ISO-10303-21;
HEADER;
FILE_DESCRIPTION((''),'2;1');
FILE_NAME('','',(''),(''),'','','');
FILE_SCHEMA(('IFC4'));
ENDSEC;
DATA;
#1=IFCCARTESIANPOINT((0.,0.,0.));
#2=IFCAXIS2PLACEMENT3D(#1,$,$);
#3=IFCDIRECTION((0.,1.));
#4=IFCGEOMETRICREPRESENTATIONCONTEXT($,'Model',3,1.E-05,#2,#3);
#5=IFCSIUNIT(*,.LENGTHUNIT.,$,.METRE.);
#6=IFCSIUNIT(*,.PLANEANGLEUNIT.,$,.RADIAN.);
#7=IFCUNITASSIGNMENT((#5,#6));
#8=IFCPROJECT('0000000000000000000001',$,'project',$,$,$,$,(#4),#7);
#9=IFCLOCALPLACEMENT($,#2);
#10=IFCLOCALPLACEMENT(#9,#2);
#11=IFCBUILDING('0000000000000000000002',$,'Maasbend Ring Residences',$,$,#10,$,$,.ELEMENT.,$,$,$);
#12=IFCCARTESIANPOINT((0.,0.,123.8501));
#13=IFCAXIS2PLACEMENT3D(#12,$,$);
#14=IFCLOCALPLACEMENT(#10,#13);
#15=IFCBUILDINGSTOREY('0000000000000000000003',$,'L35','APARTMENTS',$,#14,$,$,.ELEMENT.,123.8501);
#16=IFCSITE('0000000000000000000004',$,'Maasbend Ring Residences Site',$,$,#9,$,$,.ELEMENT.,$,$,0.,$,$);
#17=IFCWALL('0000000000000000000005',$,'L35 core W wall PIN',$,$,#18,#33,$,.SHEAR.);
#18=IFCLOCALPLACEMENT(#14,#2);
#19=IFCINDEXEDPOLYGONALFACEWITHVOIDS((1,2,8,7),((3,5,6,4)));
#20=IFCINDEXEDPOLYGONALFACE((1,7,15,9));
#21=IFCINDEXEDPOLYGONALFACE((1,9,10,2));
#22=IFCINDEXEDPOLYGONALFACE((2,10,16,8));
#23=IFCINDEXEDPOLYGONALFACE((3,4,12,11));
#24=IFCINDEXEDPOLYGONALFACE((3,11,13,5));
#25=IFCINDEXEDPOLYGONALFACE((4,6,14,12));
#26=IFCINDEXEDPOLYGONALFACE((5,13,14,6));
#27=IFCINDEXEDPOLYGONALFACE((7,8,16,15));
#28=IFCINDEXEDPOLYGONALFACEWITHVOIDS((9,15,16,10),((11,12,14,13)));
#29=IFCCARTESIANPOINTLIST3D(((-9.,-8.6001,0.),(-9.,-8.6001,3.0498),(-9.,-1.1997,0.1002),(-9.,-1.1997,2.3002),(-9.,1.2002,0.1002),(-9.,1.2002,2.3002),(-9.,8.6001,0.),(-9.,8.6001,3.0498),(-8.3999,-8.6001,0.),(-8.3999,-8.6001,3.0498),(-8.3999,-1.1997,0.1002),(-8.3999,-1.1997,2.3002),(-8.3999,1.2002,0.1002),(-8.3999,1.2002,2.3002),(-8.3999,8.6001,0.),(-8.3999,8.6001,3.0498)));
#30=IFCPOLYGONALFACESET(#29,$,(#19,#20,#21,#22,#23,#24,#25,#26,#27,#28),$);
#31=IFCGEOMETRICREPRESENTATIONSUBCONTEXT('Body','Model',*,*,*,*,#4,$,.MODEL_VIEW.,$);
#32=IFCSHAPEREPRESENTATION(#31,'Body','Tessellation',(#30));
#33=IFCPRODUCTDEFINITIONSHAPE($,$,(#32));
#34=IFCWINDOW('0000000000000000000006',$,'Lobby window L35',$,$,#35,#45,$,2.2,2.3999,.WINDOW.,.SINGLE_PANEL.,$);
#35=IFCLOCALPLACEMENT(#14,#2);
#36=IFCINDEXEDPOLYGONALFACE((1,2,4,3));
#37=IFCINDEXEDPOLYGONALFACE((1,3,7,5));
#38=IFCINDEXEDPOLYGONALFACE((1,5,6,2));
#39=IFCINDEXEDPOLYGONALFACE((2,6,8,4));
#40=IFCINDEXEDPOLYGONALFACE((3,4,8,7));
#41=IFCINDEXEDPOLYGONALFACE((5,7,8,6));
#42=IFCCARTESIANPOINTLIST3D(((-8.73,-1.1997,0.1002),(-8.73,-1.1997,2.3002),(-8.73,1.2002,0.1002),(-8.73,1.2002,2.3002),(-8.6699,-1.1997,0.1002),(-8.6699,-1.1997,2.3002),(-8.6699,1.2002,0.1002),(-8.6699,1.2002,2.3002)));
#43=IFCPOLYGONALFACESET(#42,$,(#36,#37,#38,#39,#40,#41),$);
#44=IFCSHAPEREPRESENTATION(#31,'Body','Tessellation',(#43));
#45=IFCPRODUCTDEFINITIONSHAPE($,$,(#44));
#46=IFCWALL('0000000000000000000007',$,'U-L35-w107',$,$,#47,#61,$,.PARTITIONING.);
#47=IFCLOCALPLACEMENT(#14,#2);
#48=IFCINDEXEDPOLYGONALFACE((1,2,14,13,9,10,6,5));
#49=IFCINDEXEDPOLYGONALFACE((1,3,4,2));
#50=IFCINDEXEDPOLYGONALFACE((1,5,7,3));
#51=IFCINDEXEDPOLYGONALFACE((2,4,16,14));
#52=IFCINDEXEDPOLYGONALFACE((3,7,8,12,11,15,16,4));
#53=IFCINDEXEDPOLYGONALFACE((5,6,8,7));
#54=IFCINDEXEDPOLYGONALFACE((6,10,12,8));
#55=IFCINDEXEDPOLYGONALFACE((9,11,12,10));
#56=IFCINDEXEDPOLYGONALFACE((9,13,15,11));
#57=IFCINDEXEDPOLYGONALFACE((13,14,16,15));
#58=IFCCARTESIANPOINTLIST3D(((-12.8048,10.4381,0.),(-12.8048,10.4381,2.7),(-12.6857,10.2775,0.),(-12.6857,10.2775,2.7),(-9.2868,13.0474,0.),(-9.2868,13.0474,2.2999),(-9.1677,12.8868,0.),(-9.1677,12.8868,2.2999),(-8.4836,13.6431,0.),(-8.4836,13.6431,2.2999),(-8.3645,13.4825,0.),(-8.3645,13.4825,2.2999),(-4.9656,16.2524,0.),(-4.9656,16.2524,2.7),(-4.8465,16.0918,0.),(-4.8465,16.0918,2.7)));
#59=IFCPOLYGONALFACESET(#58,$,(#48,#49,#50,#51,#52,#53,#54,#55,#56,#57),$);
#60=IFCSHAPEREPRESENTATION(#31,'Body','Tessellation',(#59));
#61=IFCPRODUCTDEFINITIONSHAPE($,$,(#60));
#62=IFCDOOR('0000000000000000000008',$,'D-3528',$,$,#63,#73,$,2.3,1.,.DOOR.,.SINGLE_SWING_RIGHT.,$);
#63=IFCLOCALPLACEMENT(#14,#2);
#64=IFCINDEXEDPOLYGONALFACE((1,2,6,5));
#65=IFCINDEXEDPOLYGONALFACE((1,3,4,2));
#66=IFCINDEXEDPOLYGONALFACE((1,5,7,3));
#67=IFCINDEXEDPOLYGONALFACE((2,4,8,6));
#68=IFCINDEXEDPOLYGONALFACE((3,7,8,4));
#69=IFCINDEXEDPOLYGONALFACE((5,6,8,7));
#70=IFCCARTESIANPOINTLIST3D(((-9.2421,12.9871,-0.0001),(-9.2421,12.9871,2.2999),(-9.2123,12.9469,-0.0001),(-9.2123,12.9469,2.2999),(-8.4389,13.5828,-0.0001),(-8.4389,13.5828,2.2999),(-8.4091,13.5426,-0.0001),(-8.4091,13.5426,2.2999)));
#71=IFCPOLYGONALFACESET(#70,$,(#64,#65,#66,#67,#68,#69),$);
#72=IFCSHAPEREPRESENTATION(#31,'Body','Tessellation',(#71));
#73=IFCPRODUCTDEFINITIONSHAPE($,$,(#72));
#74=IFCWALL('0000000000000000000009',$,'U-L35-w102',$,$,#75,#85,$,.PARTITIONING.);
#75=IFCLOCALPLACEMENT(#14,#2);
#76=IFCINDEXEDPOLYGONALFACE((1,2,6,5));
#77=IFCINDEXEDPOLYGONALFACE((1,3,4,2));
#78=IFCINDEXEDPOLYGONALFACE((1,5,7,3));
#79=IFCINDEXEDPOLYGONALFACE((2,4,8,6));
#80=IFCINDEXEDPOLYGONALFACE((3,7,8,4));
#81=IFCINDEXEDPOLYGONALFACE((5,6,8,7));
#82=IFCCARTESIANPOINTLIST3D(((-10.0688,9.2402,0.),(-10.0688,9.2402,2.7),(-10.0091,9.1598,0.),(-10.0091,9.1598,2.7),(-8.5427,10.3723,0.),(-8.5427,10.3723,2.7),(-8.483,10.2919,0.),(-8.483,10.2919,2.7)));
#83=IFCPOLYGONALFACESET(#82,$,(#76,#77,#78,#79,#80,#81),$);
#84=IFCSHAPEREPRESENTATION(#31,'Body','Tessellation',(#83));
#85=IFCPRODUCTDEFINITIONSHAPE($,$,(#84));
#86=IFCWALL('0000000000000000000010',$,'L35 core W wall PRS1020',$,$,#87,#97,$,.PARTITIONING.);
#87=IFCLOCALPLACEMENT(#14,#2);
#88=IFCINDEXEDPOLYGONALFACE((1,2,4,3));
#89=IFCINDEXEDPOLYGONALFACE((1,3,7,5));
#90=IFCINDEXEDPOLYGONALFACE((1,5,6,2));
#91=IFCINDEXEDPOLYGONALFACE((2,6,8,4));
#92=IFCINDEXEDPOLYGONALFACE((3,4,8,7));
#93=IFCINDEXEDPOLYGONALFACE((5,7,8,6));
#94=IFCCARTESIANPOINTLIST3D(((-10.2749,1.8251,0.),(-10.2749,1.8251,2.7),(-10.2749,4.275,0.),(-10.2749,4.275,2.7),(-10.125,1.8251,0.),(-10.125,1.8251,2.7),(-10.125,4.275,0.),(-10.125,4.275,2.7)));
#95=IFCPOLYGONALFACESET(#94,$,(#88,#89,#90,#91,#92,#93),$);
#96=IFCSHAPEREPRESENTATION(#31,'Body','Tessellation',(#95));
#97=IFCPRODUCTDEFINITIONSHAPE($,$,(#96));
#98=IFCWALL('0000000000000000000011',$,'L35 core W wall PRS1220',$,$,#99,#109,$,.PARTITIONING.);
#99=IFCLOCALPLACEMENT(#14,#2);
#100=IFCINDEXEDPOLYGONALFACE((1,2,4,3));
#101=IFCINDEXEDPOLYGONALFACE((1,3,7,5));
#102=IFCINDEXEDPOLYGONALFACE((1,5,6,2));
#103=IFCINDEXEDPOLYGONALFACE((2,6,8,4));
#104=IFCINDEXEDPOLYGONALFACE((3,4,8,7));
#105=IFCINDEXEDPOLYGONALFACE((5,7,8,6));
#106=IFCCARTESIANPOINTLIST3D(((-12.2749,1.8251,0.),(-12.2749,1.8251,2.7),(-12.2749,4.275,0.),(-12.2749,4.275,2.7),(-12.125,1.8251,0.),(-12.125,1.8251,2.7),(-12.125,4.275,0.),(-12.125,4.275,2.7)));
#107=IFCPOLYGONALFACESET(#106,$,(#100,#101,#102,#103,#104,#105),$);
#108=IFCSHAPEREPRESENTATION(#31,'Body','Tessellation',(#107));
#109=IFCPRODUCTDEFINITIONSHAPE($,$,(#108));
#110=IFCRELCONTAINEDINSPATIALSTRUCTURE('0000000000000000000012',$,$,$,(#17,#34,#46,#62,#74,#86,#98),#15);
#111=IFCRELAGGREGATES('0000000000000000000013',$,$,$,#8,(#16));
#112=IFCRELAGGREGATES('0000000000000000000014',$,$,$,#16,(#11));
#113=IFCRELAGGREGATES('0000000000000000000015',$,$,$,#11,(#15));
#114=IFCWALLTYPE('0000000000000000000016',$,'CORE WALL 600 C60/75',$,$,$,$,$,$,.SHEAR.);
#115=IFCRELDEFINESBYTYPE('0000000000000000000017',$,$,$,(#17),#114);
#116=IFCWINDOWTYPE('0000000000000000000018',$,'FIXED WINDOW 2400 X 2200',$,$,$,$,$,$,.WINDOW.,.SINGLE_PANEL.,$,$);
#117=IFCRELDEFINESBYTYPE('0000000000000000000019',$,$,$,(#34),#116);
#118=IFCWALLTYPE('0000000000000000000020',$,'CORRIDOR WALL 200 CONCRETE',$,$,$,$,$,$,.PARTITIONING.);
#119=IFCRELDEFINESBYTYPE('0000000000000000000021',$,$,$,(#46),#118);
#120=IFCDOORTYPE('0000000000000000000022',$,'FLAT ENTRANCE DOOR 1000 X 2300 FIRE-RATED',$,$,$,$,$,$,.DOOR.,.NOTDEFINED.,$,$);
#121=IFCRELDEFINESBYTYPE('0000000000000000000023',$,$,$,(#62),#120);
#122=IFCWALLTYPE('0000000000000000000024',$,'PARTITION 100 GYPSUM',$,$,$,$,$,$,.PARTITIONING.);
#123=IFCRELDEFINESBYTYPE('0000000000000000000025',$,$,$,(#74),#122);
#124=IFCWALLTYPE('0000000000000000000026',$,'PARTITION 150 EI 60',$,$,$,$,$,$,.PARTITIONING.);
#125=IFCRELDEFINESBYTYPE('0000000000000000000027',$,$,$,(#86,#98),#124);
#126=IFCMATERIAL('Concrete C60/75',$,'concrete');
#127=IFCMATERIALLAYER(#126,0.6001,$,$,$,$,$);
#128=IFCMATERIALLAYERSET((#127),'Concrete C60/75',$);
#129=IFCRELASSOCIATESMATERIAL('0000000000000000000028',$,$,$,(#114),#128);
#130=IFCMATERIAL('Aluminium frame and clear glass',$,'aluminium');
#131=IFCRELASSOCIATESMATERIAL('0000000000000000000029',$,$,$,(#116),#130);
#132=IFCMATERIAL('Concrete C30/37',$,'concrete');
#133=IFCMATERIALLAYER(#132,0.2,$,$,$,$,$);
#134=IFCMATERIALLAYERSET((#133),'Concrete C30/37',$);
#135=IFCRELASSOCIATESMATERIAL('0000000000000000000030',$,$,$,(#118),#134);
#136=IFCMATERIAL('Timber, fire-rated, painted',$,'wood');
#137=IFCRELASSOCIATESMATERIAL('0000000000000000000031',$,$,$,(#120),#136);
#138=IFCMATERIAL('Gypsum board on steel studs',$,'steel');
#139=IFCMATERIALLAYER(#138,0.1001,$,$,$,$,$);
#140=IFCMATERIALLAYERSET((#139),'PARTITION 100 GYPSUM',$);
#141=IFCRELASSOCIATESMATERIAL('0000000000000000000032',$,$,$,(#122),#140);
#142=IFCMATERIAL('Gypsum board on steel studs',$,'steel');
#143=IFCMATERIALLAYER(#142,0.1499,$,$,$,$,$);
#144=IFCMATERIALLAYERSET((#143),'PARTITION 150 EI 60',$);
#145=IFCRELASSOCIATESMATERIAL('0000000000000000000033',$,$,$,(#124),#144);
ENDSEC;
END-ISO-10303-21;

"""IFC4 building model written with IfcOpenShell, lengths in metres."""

from ifc_helpers import new_model, si_unit, direction, frame, frame_2d, origin, place, context, subcontext, project, spatial, rectangle, extrude, material, layer, layer_set, type_object, element, fill, save


model = new_model("IFC4")

# Units and contexts
model_context = context("Model", 3, precision=1e-05, world=origin(), true_north=direction((0.0, 1.0)))
body_context = subcontext(model_context, "Body", "Model", "MODEL_VIEW")
ifc_project = project(units=[si_unit("LENGTHUNIT", "METRE"), si_unit("PLANEANGLEUNIT", "RADIAN")], contexts=[model_context])

# Site, building, storey
site_placement = place(None, origin())
site = spatial("IfcSite", under=ifc_project, at=site_placement, Name="Maasbend Ring Residences Site", CompositionType="ELEMENT", RefElevation=0.0)
building_placement = place(site_placement, origin())
building = spatial("IfcBuilding", under=site, at=building_placement, Name="Maasbend Ring Residences", CompositionType="ELEMENT")
storey_placement = place(building_placement, frame((0.0, 0.0, 123.8501)))
storey = spatial("IfcBuildingStorey", under=building, at=storey_placement, Name="L35", Description="APARTMENTS", CompositionType="ELEMENT", Elevation=123.8501)

# Shared definitions
ifc_material_1 = material(Name="Concrete C60/75", Category="concrete")
ifc_layer_1 = layer(ifc_material_1, 0.6001)
ifc_layer_set_1 = layer_set([ifc_layer_1], Name="Concrete C60/75")
wall_type_1 = type_object("IfcWallType", Name="CORE WALL 600 C60/75", PredefinedType="SHEAR", material=ifc_layer_set_1)

# Wall, opening, window
wall_1_placement = place(storey_placement, frame((-8.7, 8.6001, 0.0), z_axis=(0.0, 0.0, 1.0), x_axis=(0.0, -1.0, 0.0)))
wall_1 = element("IfcWall", 1, at=wall_1_placement, inside=storey, type_object=wall_type_1, Name="L35 core W wall PIN", PredefinedType="SHEAR", context=body_context, shape_type="SweptSolid", body=[
    extrude(rectangle(XDim=17.2002, YDim=0.6001, at=frame_2d((8.6001, 0.0))), origin(), (0.0, 0.0, 1.0), 3.0498),
])
opening_1_placement = place(wall_1_placement, frame((7.3999, 0.0, 0.1001)))
opening_1 = element("IfcOpeningElement", 2, at=opening_1_placement, cuts=wall_1, PredefinedType="OPENING", context=body_context, shape_type="SweptSolid", body=[
    extrude(rectangle(XDim=2.3999, YDim=2.2, at=frame_2d((1.2, 1.1001))), frame((0.0, 0.3101, 0.0), z_axis=(0.0, -1.0, 0.0), x_axis=(1.0, 0.0, 0.0)), (0.0, 0.0, 1.0), 0.6201),
])
ifc_material_2 = material(Name="Aluminium frame and clear glass", Category="aluminium")
window_type = type_object("IfcWindowType", Name="FIXED WINDOW 2400 X 2200", PartitioningType="SINGLE_PANEL", PredefinedType="WINDOW", material=ifc_material_2)
window_placement = place(opening_1_placement, origin())
window = element("IfcWindow", 3, at=window_placement, inside=storey, type_object=window_type, Name="Lobby window L35", OverallHeight=2.2, OverallWidth=2.3999, PartitioningType="SINGLE_PANEL", PredefinedType="WINDOW", context=body_context, shape_type="SweptSolid", body=[
    extrude(rectangle(XDim=2.3999, YDim=2.2, at=frame_2d((1.2, 1.1001))), frame((0.0, 0.03, 0.0), z_axis=(0.0, -1.0, 0.0), x_axis=(1.0, 0.0, 0.0)), (0.0, 0.0, 1.0), 0.0601),
])
fill(opening_1, window)

# Wall, opening, door
ifc_material_3 = material(Name="Concrete C30/37", Category="concrete")
ifc_layer_2 = layer(ifc_material_3, 0.2)
ifc_layer_set_2 = layer_set([ifc_layer_2], Name="Concrete C30/37")
wall_type_2 = type_object("IfcWallType", Name="CORRIDOR WALL 200 CONCRETE", PredefinedType="PARTITIONING", material=ifc_layer_set_2)
wall_2_placement = place(storey_placement, frame((-12.7451, 10.3579, 0.0), z_axis=(0.0, 0.0, 1.0), x_axis=(0.803191, 0.595721, 0.0)))
wall_2 = element("IfcWall", 4, at=wall_2_placement, inside=storey, type_object=wall_type_2, Name="U-L35-w107", PredefinedType="PARTITIONING", context=body_context, shape_type="SweptSolid", body=[
    extrude(rectangle(XDim=9.76, YDim=0.2, at=frame_2d((4.8799, 0.0))), origin(), (0.0, 0.0, 1.0), 2.7),
])
opening_2_placement = place(wall_2_placement, frame((4.3799, 0.0, 0.0)))
opening_2 = element("IfcOpeningElement", 5, at=opening_2_placement, cuts=wall_2, PredefinedType="OPENING", context=body_context, shape_type="SweptSolid", body=[
    extrude(rectangle(XDim=1.0, YDim=2.3, at=frame_2d((0.5, 1.1499))), frame((0.0, 0.1099, 0.0), z_axis=(0.0, -1.0, 0.0), x_axis=(1.0, 0.0, 0.0)), (0.0, 0.0, 1.0), 0.22),
])
ifc_material_4 = material(Name="Timber, fire-rated, painted", Category="wood")
door_type_1 = type_object("IfcDoorType", Name="FLAT ENTRANCE DOOR 1000 X 2300 FIRE-RATED", OperationType="NOTDEFINED", PredefinedType="DOOR", material=ifc_material_4)
door_1_placement = place(opening_2_placement, origin())
door_1 = element("IfcDoor", 6, at=door_1_placement, inside=storey, type_object=door_type_1, Name="D-3528", OperationType="SINGLE_SWING_RIGHT", OverallHeight=2.3, OverallWidth=1.0, PredefinedType="DOOR", context=body_context, shape_type="SweptSolid", body=[
    extrude(rectangle(XDim=1.0, YDim=2.3, at=frame_2d((0.5, 1.1499))), frame((0.0, 0.0249, 0.0), z_axis=(0.0, -1.0, 0.0), x_axis=(1.0, 0.0, 0.0)), (0.0, 0.0, 1.0), 0.05),
])
fill(opening_2, door_1)

# Walls
ifc_material_5 = material(Name="Gypsum board on steel studs", Category="steel")
ifc_layer_3 = layer(ifc_material_5, 0.1001)
ifc_layer_set_3 = layer_set([ifc_layer_3], Name="PARTITION 100 GYPSUM")
wall_type_3 = type_object("IfcWallType", Name="PARTITION 100 GYPSUM", PredefinedType="PARTITIONING", material=ifc_layer_set_3)
wall_3_placement = place(storey_placement, frame((-10.0391, 9.2, 0.0), z_axis=(0.0, 0.0, 1.0), x_axis=(0.80315, 0.595777, 0.0)))
element("IfcWall", 7, at=wall_3_placement, inside=storey, type_object=wall_type_3, Name="U-L35-w102", PredefinedType="PARTITIONING", context=body_context, shape_type="SweptSolid", body=[
    extrude(rectangle(XDim=1.9001, YDim=0.1001, at=frame_2d((0.9502, 0.0))), origin(), (0.0, 0.0, 1.0), 2.7),
])
ifc_material_6 = material(Name="Gypsum board on steel studs", Category="steel")
ifc_layer_4 = layer(ifc_material_6, 0.1499)
ifc_layer_set_4 = layer_set([ifc_layer_4], Name="PARTITION 150 EI 60")
wall_type_4 = type_object("IfcWallType", Name="PARTITION 150 EI 60", PredefinedType="PARTITIONING", material=ifc_layer_set_4)
for number, where, z_axis, x_axis, name in (
    (8, (-10.2, 1.825, 0.0), (0.0, 0.0, 1.0), (0.0, 1.0, 0.0), "L35 core W wall PRS1020"),
    (9, (-12.2, 1.825, 0.0), (0.0, 0.0, 1.0), (0.0, 1.0, 0.0), "L35 core W wall PRS1220"),
):
    element("IfcWall", number, at=place(storey_placement, frame(where, z_axis=z_axis, x_axis=x_axis)), inside=storey, type_object=wall_type_4, Name=name, PredefinedType="PARTITIONING", context=body_context, shape_type="SweptSolid", body=[
        extrude(rectangle(XDim=2.45, YDim=0.1499, at=frame_2d((1.2251, 0.0))), origin(), (0.0, 0.0, 1.0), 2.7),
    ])

save(model, "model.ifc")
